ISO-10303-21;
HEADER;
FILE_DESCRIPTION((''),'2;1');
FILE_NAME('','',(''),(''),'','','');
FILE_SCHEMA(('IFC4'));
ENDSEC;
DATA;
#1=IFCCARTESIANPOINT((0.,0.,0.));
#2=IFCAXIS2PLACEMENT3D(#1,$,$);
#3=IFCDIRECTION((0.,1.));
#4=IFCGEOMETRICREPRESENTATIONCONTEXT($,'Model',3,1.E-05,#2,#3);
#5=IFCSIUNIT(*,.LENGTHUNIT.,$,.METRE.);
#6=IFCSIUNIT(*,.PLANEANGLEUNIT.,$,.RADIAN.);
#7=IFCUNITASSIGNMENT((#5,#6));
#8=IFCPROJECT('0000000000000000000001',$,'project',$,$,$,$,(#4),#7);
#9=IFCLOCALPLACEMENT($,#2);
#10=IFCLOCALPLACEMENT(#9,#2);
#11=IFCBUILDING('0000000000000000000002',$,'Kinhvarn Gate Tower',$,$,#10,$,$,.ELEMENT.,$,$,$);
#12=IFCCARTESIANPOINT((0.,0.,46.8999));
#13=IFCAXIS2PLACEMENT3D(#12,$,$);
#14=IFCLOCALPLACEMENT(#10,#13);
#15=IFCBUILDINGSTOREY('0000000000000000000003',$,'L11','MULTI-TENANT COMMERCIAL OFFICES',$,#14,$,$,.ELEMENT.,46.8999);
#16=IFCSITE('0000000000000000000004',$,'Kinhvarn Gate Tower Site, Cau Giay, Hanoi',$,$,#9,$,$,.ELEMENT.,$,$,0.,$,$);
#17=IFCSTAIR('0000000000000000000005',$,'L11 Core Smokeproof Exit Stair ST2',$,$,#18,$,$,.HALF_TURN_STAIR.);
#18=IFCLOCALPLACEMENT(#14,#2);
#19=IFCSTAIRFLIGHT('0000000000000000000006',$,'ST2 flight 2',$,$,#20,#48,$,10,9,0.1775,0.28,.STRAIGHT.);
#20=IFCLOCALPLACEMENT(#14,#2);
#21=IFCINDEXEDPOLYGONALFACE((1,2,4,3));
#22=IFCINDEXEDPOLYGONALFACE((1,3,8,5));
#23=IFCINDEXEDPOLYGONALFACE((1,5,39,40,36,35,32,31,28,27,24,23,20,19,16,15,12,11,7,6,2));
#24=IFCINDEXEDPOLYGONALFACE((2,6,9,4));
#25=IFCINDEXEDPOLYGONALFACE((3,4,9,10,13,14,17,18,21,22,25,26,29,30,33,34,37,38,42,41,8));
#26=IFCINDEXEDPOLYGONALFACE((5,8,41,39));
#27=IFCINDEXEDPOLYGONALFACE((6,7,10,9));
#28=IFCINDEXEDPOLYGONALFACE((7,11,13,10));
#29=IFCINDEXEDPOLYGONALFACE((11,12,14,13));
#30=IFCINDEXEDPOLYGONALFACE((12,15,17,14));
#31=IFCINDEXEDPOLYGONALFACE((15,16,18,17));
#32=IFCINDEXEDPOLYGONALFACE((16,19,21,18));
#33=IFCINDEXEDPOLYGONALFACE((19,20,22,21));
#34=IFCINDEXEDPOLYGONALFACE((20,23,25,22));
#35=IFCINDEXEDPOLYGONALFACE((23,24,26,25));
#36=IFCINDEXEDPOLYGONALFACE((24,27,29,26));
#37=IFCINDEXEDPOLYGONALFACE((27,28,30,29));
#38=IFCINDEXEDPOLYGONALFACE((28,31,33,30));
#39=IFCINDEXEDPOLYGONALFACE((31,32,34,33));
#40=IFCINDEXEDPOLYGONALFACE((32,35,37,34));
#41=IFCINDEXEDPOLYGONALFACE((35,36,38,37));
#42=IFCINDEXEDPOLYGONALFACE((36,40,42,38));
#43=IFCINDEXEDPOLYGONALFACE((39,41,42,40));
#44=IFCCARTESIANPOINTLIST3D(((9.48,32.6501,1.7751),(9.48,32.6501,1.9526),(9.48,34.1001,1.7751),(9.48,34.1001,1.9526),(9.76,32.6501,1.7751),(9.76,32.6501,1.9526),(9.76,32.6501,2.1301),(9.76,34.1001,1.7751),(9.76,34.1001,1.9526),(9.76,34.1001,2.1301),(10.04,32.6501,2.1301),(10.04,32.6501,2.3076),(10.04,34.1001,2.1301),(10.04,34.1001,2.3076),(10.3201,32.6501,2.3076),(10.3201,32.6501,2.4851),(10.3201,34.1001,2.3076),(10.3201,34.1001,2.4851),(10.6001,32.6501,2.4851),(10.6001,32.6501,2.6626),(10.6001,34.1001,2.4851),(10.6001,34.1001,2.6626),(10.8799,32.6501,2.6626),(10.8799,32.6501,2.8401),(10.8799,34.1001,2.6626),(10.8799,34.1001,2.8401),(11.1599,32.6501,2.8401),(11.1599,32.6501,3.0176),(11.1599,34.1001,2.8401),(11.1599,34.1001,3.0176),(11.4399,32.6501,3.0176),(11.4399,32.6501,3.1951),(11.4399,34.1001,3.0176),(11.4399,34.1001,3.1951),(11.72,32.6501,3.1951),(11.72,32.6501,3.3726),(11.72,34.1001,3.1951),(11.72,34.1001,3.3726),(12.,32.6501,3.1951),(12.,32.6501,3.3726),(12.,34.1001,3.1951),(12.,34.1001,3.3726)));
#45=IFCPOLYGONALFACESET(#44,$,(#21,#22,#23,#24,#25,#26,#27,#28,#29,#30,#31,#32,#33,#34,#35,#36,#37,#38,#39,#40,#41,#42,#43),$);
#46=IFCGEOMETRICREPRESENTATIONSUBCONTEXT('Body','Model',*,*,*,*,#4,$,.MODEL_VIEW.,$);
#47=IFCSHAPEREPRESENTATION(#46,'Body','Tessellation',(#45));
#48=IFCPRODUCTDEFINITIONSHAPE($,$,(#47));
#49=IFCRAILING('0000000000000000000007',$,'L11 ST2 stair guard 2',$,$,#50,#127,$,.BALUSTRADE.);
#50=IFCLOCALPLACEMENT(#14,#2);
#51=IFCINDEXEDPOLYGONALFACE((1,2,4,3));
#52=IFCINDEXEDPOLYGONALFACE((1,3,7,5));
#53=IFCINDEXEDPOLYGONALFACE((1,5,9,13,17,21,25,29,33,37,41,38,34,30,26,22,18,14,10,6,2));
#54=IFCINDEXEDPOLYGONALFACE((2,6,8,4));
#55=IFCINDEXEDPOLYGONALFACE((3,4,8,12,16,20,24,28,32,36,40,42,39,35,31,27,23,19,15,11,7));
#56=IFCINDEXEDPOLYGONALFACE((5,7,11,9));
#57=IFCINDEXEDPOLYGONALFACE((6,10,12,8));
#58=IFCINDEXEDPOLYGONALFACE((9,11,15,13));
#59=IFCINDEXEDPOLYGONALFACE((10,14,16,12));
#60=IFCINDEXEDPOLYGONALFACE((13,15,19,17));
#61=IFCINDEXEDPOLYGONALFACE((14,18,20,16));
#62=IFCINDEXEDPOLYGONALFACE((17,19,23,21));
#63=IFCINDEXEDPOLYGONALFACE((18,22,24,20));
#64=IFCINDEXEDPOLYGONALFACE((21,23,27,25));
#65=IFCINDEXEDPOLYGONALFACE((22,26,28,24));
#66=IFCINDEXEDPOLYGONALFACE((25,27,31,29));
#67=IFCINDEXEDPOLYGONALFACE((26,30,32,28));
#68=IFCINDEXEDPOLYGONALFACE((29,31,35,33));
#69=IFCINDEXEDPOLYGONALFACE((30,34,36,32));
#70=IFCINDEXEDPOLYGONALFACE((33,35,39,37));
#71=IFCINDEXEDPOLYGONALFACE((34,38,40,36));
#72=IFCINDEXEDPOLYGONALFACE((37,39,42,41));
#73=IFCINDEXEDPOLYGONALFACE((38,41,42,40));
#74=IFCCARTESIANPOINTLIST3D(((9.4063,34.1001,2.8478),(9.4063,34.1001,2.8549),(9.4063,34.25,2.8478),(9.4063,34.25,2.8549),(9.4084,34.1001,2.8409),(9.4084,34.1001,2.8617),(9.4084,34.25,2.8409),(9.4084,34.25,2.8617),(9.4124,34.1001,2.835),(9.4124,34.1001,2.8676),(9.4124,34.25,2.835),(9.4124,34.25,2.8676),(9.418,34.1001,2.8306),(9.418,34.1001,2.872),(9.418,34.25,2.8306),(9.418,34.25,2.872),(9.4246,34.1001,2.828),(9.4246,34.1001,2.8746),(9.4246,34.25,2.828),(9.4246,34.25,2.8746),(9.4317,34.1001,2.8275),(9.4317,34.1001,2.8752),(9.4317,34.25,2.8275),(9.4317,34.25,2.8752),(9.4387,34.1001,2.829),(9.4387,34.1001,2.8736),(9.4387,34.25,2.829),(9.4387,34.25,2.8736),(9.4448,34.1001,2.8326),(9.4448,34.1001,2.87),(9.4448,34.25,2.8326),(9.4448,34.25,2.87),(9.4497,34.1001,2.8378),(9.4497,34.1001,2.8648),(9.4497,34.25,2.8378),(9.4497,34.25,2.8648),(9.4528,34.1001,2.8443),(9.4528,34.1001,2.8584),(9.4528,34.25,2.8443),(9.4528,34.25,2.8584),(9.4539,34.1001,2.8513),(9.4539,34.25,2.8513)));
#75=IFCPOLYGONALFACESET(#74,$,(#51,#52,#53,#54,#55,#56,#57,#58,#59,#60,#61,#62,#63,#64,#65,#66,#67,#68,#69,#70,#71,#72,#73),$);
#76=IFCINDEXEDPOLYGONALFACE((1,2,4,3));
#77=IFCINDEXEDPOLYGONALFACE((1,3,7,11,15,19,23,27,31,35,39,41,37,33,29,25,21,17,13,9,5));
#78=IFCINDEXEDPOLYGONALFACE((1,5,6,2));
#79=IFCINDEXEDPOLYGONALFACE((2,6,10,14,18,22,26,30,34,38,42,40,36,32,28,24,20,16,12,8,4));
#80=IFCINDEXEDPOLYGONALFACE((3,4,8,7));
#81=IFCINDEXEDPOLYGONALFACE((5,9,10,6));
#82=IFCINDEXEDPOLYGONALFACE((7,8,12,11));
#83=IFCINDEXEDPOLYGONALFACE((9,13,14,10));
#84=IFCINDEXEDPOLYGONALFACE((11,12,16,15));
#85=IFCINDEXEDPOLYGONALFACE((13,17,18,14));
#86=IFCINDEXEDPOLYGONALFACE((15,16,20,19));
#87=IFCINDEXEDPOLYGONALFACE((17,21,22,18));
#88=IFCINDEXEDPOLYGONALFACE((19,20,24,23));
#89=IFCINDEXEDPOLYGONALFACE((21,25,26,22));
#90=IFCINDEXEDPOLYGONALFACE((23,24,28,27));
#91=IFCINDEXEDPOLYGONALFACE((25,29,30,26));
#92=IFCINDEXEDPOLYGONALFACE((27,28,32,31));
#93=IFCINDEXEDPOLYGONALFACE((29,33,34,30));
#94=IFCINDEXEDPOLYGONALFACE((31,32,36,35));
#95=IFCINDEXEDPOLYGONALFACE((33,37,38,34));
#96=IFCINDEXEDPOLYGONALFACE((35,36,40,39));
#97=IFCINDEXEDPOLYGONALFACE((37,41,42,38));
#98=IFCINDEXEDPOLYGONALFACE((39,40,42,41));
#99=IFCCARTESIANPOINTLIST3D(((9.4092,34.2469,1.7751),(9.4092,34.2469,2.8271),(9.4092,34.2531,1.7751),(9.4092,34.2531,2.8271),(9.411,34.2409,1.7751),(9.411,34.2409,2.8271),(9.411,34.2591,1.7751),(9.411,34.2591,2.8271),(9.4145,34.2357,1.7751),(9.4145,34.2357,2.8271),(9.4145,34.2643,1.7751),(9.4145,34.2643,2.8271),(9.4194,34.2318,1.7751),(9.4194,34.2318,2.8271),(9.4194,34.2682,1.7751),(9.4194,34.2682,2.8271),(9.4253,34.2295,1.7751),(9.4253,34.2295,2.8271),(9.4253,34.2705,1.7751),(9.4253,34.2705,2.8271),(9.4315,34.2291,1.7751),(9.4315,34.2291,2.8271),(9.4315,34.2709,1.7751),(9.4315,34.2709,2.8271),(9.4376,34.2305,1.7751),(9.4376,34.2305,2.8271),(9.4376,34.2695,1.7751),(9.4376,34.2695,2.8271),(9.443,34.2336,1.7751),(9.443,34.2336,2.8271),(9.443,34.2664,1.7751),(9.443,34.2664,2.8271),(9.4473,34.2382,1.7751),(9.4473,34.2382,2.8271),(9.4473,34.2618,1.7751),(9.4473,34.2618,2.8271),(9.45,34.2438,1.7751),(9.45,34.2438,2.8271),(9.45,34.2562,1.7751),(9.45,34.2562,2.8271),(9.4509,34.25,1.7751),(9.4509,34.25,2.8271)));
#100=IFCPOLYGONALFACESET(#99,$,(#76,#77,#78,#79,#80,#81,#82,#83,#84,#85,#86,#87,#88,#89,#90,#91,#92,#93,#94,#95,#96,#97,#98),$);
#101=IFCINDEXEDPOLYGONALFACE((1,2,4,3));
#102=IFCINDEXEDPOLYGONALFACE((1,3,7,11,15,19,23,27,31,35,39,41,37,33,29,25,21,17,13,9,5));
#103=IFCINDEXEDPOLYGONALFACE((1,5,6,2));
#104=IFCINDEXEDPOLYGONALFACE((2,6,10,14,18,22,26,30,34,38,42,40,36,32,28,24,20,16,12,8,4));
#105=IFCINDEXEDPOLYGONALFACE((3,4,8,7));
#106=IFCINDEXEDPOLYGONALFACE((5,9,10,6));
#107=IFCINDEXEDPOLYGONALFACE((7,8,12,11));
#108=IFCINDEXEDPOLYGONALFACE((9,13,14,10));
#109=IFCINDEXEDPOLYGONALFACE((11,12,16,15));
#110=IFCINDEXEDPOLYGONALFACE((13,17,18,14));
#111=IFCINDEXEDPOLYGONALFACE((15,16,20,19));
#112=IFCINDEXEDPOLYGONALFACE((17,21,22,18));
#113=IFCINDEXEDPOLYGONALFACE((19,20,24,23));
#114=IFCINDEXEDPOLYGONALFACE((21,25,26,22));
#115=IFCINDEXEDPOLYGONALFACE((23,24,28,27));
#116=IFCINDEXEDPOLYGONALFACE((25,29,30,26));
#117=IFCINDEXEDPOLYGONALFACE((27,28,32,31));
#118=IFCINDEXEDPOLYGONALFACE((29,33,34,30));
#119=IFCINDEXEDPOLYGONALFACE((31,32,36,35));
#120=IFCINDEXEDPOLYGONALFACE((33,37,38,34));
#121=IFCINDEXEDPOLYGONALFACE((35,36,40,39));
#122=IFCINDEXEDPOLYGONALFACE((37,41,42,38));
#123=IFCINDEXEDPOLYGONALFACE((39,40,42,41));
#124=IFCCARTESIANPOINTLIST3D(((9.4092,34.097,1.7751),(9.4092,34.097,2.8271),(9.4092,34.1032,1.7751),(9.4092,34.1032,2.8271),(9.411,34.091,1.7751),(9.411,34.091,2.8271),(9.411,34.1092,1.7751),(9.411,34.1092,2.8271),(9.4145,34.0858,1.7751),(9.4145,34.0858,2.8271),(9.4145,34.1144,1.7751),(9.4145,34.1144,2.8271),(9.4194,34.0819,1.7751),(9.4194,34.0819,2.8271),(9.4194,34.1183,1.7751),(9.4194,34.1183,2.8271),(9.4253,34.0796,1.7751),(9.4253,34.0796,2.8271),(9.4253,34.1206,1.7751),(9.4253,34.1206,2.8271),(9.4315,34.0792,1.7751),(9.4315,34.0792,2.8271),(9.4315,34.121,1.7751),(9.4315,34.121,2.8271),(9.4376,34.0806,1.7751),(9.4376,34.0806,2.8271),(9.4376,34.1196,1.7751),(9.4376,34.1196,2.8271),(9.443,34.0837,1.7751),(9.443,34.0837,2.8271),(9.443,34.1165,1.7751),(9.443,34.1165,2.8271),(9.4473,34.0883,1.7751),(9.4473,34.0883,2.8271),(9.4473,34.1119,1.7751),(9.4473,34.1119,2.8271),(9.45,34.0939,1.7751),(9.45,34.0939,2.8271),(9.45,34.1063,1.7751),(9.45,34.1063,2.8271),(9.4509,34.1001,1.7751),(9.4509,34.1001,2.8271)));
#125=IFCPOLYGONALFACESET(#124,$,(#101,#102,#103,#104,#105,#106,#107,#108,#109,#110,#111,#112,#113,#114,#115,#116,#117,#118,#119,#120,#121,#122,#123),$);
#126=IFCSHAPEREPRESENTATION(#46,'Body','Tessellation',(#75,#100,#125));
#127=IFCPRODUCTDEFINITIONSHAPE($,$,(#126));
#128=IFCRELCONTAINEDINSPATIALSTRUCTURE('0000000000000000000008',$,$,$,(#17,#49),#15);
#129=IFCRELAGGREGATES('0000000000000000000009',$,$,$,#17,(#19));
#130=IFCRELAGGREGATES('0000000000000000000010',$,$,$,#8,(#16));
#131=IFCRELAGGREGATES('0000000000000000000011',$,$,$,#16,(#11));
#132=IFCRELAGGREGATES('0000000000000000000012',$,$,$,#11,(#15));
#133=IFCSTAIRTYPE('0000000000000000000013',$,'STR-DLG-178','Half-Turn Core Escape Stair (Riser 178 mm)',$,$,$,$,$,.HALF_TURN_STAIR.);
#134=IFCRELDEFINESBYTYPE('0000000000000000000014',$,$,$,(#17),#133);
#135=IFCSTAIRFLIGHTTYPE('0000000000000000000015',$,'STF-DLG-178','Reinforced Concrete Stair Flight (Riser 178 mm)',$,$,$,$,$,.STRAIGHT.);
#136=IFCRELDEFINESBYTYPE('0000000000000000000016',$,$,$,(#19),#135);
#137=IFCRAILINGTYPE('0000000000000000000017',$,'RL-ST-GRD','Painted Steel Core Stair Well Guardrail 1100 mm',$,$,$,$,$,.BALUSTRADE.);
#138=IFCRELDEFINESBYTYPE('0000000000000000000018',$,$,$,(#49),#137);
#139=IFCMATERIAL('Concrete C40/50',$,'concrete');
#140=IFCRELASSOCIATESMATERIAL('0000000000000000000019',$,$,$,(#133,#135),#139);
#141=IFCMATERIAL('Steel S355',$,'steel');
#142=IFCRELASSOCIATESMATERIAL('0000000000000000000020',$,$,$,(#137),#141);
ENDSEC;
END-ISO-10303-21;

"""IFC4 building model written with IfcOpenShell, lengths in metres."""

from ifc_helpers import new_model, si_unit, direction, frame, origin, origin_2d, place, context, subcontext, project, spatial, polyline, circle, outline, extrude, material, type_object, element, aggregate, save


model = new_model("IFC4")

# Units and contexts
model_context = context("Model", 3, precision=1e-05, world=origin(), true_north=direction((0.0, 1.0)))
body_context = subcontext(model_context, "Body", "Model", "MODEL_VIEW")
ifc_project = project(units=[si_unit("LENGTHUNIT", "METRE"), si_unit("PLANEANGLEUNIT", "RADIAN")], contexts=[model_context])

# Site, building, storey
site_placement = place(None, origin())
site = spatial("IfcSite", under=ifc_project, at=site_placement, Name="Kinhvarn Gate Tower Site, Cau Giay, Hanoi", CompositionType="ELEMENT", RefElevation=0.0)
building_placement = place(site_placement, origin())
building = spatial("IfcBuilding", under=site, at=building_placement, Name="Kinhvarn Gate Tower", CompositionType="ELEMENT")
storey_placement = place(building_placement, frame((0.0, 0.0, 46.8999)))
storey = spatial("IfcBuildingStorey", under=building, at=storey_placement, Name="L11", Description="MULTI-TENANT COMMERCIAL OFFICES", CompositionType="ELEMENT", Elevation=46.8999)

# Shared definitions
ifc_material_1 = material(Name="Steel S355", Category="steel")

# Shared definitions
ifc_material_2 = material(Name="Concrete C40/50", Category="concrete")

# Stair, stair flight
stair_type = type_object("IfcStairType", Name="STR-DLG-178", Description="Half-Turn Core Escape Stair (Riser 178 mm)", PredefinedType="HALF_TURN_STAIR", material=ifc_material_2)
stair_placement = place(storey_placement, origin())
stair = element("IfcStair", 1, at=stair_placement, inside=storey, type_object=stair_type, Name="L11 Core Smokeproof Exit Stair ST2", PredefinedType="HALF_TURN_STAIR")
stair_flight_type = type_object("IfcStairFlightType", Name="STF-DLG-178", Description="Reinforced Concrete Stair Flight (Riser 178 mm)", PredefinedType="STRAIGHT", material=ifc_material_2)
stair_flight_placement = place(storey_placement, frame((9.48, 33.375, 1.7751), z_axis=(0.0, 0.0, 1.0), x_axis=(1.0, 0.0, 0.0)))
stair_flight = element("IfcStairFlight", 2, at=stair_flight_placement, type_object=stair_flight_type, Name="ST2 flight 2", NumberOfRisers=10, NumberOfTreads=9, PredefinedType="STRAIGHT", RiserHeight=0.1775, TreadLength=0.28, context=body_context, shape_type="SweptSolid", body=[
    extrude(outline(polyline([(0.0, 0.0), (0.0, 0.1775), (0.28, 0.1775), (0.28, 0.355), (0.5601, 0.355), (0.5601, 0.5325), (0.8401, 0.5325), (0.8401, 0.71), (1.1201, 0.71), (1.1201, 0.8875), (1.3999, 0.8875), (1.3999, 1.0649), (1.6799, 1.0649), (1.6799, 1.2424), (1.96, 1.2424), (1.96, 1.4199), (2.24, 1.4199), (2.24, 1.5974), (2.52, 1.5974), (2.52, 1.7749), (2.52, 1.4199), (0.28, 0.0), (0.0, 0.0)])), frame((0.0, 0.7251, 0.0), z_axis=(0.0, -1.0, 0.0), x_axis=(1.0, 0.0, 0.0)), (0.0, 0.0, 1.0), 1.45),
])
aggregate(stair, [stair_flight])

# Railing
railing_type_1 = type_object("IfcRailingType", Name="RL-ST-GRD", Description="Painted Steel Core Stair Well Guardrail 1100 mm", PredefinedType="BALUSTRADE", material=ifc_material_1)
railing_1_placement = place(storey_placement, frame((9.4299, 34.25, 1.7751)))
element("IfcRailing", 3, at=railing_1_placement, inside=storey, type_object=railing_type_1, Name="L11 ST2 stair guard 2", PredefinedType="BALUSTRADE", context=body_context, shape_type="SweptSolid", body=[
    extrude(circle(Radius=0.0239, at=origin_2d()), frame((0.0, 0.0, 1.0762), z_axis=(0.0, -1.0, 0.0), x_axis=(1.0, 0.0, 0.0)), (0.0, 0.0, 1.0), 0.1499),
    extrude(circle(Radius=0.021, at=origin_2d()), origin(), (0.0, 0.0, 1.0), 1.052),
    extrude(circle(Radius=0.021, at=origin_2d()), frame((0.0, -0.1499, 0.0)), (0.0, 0.0, 1.0), 1.052),
])

save(model, "model.ifc")
